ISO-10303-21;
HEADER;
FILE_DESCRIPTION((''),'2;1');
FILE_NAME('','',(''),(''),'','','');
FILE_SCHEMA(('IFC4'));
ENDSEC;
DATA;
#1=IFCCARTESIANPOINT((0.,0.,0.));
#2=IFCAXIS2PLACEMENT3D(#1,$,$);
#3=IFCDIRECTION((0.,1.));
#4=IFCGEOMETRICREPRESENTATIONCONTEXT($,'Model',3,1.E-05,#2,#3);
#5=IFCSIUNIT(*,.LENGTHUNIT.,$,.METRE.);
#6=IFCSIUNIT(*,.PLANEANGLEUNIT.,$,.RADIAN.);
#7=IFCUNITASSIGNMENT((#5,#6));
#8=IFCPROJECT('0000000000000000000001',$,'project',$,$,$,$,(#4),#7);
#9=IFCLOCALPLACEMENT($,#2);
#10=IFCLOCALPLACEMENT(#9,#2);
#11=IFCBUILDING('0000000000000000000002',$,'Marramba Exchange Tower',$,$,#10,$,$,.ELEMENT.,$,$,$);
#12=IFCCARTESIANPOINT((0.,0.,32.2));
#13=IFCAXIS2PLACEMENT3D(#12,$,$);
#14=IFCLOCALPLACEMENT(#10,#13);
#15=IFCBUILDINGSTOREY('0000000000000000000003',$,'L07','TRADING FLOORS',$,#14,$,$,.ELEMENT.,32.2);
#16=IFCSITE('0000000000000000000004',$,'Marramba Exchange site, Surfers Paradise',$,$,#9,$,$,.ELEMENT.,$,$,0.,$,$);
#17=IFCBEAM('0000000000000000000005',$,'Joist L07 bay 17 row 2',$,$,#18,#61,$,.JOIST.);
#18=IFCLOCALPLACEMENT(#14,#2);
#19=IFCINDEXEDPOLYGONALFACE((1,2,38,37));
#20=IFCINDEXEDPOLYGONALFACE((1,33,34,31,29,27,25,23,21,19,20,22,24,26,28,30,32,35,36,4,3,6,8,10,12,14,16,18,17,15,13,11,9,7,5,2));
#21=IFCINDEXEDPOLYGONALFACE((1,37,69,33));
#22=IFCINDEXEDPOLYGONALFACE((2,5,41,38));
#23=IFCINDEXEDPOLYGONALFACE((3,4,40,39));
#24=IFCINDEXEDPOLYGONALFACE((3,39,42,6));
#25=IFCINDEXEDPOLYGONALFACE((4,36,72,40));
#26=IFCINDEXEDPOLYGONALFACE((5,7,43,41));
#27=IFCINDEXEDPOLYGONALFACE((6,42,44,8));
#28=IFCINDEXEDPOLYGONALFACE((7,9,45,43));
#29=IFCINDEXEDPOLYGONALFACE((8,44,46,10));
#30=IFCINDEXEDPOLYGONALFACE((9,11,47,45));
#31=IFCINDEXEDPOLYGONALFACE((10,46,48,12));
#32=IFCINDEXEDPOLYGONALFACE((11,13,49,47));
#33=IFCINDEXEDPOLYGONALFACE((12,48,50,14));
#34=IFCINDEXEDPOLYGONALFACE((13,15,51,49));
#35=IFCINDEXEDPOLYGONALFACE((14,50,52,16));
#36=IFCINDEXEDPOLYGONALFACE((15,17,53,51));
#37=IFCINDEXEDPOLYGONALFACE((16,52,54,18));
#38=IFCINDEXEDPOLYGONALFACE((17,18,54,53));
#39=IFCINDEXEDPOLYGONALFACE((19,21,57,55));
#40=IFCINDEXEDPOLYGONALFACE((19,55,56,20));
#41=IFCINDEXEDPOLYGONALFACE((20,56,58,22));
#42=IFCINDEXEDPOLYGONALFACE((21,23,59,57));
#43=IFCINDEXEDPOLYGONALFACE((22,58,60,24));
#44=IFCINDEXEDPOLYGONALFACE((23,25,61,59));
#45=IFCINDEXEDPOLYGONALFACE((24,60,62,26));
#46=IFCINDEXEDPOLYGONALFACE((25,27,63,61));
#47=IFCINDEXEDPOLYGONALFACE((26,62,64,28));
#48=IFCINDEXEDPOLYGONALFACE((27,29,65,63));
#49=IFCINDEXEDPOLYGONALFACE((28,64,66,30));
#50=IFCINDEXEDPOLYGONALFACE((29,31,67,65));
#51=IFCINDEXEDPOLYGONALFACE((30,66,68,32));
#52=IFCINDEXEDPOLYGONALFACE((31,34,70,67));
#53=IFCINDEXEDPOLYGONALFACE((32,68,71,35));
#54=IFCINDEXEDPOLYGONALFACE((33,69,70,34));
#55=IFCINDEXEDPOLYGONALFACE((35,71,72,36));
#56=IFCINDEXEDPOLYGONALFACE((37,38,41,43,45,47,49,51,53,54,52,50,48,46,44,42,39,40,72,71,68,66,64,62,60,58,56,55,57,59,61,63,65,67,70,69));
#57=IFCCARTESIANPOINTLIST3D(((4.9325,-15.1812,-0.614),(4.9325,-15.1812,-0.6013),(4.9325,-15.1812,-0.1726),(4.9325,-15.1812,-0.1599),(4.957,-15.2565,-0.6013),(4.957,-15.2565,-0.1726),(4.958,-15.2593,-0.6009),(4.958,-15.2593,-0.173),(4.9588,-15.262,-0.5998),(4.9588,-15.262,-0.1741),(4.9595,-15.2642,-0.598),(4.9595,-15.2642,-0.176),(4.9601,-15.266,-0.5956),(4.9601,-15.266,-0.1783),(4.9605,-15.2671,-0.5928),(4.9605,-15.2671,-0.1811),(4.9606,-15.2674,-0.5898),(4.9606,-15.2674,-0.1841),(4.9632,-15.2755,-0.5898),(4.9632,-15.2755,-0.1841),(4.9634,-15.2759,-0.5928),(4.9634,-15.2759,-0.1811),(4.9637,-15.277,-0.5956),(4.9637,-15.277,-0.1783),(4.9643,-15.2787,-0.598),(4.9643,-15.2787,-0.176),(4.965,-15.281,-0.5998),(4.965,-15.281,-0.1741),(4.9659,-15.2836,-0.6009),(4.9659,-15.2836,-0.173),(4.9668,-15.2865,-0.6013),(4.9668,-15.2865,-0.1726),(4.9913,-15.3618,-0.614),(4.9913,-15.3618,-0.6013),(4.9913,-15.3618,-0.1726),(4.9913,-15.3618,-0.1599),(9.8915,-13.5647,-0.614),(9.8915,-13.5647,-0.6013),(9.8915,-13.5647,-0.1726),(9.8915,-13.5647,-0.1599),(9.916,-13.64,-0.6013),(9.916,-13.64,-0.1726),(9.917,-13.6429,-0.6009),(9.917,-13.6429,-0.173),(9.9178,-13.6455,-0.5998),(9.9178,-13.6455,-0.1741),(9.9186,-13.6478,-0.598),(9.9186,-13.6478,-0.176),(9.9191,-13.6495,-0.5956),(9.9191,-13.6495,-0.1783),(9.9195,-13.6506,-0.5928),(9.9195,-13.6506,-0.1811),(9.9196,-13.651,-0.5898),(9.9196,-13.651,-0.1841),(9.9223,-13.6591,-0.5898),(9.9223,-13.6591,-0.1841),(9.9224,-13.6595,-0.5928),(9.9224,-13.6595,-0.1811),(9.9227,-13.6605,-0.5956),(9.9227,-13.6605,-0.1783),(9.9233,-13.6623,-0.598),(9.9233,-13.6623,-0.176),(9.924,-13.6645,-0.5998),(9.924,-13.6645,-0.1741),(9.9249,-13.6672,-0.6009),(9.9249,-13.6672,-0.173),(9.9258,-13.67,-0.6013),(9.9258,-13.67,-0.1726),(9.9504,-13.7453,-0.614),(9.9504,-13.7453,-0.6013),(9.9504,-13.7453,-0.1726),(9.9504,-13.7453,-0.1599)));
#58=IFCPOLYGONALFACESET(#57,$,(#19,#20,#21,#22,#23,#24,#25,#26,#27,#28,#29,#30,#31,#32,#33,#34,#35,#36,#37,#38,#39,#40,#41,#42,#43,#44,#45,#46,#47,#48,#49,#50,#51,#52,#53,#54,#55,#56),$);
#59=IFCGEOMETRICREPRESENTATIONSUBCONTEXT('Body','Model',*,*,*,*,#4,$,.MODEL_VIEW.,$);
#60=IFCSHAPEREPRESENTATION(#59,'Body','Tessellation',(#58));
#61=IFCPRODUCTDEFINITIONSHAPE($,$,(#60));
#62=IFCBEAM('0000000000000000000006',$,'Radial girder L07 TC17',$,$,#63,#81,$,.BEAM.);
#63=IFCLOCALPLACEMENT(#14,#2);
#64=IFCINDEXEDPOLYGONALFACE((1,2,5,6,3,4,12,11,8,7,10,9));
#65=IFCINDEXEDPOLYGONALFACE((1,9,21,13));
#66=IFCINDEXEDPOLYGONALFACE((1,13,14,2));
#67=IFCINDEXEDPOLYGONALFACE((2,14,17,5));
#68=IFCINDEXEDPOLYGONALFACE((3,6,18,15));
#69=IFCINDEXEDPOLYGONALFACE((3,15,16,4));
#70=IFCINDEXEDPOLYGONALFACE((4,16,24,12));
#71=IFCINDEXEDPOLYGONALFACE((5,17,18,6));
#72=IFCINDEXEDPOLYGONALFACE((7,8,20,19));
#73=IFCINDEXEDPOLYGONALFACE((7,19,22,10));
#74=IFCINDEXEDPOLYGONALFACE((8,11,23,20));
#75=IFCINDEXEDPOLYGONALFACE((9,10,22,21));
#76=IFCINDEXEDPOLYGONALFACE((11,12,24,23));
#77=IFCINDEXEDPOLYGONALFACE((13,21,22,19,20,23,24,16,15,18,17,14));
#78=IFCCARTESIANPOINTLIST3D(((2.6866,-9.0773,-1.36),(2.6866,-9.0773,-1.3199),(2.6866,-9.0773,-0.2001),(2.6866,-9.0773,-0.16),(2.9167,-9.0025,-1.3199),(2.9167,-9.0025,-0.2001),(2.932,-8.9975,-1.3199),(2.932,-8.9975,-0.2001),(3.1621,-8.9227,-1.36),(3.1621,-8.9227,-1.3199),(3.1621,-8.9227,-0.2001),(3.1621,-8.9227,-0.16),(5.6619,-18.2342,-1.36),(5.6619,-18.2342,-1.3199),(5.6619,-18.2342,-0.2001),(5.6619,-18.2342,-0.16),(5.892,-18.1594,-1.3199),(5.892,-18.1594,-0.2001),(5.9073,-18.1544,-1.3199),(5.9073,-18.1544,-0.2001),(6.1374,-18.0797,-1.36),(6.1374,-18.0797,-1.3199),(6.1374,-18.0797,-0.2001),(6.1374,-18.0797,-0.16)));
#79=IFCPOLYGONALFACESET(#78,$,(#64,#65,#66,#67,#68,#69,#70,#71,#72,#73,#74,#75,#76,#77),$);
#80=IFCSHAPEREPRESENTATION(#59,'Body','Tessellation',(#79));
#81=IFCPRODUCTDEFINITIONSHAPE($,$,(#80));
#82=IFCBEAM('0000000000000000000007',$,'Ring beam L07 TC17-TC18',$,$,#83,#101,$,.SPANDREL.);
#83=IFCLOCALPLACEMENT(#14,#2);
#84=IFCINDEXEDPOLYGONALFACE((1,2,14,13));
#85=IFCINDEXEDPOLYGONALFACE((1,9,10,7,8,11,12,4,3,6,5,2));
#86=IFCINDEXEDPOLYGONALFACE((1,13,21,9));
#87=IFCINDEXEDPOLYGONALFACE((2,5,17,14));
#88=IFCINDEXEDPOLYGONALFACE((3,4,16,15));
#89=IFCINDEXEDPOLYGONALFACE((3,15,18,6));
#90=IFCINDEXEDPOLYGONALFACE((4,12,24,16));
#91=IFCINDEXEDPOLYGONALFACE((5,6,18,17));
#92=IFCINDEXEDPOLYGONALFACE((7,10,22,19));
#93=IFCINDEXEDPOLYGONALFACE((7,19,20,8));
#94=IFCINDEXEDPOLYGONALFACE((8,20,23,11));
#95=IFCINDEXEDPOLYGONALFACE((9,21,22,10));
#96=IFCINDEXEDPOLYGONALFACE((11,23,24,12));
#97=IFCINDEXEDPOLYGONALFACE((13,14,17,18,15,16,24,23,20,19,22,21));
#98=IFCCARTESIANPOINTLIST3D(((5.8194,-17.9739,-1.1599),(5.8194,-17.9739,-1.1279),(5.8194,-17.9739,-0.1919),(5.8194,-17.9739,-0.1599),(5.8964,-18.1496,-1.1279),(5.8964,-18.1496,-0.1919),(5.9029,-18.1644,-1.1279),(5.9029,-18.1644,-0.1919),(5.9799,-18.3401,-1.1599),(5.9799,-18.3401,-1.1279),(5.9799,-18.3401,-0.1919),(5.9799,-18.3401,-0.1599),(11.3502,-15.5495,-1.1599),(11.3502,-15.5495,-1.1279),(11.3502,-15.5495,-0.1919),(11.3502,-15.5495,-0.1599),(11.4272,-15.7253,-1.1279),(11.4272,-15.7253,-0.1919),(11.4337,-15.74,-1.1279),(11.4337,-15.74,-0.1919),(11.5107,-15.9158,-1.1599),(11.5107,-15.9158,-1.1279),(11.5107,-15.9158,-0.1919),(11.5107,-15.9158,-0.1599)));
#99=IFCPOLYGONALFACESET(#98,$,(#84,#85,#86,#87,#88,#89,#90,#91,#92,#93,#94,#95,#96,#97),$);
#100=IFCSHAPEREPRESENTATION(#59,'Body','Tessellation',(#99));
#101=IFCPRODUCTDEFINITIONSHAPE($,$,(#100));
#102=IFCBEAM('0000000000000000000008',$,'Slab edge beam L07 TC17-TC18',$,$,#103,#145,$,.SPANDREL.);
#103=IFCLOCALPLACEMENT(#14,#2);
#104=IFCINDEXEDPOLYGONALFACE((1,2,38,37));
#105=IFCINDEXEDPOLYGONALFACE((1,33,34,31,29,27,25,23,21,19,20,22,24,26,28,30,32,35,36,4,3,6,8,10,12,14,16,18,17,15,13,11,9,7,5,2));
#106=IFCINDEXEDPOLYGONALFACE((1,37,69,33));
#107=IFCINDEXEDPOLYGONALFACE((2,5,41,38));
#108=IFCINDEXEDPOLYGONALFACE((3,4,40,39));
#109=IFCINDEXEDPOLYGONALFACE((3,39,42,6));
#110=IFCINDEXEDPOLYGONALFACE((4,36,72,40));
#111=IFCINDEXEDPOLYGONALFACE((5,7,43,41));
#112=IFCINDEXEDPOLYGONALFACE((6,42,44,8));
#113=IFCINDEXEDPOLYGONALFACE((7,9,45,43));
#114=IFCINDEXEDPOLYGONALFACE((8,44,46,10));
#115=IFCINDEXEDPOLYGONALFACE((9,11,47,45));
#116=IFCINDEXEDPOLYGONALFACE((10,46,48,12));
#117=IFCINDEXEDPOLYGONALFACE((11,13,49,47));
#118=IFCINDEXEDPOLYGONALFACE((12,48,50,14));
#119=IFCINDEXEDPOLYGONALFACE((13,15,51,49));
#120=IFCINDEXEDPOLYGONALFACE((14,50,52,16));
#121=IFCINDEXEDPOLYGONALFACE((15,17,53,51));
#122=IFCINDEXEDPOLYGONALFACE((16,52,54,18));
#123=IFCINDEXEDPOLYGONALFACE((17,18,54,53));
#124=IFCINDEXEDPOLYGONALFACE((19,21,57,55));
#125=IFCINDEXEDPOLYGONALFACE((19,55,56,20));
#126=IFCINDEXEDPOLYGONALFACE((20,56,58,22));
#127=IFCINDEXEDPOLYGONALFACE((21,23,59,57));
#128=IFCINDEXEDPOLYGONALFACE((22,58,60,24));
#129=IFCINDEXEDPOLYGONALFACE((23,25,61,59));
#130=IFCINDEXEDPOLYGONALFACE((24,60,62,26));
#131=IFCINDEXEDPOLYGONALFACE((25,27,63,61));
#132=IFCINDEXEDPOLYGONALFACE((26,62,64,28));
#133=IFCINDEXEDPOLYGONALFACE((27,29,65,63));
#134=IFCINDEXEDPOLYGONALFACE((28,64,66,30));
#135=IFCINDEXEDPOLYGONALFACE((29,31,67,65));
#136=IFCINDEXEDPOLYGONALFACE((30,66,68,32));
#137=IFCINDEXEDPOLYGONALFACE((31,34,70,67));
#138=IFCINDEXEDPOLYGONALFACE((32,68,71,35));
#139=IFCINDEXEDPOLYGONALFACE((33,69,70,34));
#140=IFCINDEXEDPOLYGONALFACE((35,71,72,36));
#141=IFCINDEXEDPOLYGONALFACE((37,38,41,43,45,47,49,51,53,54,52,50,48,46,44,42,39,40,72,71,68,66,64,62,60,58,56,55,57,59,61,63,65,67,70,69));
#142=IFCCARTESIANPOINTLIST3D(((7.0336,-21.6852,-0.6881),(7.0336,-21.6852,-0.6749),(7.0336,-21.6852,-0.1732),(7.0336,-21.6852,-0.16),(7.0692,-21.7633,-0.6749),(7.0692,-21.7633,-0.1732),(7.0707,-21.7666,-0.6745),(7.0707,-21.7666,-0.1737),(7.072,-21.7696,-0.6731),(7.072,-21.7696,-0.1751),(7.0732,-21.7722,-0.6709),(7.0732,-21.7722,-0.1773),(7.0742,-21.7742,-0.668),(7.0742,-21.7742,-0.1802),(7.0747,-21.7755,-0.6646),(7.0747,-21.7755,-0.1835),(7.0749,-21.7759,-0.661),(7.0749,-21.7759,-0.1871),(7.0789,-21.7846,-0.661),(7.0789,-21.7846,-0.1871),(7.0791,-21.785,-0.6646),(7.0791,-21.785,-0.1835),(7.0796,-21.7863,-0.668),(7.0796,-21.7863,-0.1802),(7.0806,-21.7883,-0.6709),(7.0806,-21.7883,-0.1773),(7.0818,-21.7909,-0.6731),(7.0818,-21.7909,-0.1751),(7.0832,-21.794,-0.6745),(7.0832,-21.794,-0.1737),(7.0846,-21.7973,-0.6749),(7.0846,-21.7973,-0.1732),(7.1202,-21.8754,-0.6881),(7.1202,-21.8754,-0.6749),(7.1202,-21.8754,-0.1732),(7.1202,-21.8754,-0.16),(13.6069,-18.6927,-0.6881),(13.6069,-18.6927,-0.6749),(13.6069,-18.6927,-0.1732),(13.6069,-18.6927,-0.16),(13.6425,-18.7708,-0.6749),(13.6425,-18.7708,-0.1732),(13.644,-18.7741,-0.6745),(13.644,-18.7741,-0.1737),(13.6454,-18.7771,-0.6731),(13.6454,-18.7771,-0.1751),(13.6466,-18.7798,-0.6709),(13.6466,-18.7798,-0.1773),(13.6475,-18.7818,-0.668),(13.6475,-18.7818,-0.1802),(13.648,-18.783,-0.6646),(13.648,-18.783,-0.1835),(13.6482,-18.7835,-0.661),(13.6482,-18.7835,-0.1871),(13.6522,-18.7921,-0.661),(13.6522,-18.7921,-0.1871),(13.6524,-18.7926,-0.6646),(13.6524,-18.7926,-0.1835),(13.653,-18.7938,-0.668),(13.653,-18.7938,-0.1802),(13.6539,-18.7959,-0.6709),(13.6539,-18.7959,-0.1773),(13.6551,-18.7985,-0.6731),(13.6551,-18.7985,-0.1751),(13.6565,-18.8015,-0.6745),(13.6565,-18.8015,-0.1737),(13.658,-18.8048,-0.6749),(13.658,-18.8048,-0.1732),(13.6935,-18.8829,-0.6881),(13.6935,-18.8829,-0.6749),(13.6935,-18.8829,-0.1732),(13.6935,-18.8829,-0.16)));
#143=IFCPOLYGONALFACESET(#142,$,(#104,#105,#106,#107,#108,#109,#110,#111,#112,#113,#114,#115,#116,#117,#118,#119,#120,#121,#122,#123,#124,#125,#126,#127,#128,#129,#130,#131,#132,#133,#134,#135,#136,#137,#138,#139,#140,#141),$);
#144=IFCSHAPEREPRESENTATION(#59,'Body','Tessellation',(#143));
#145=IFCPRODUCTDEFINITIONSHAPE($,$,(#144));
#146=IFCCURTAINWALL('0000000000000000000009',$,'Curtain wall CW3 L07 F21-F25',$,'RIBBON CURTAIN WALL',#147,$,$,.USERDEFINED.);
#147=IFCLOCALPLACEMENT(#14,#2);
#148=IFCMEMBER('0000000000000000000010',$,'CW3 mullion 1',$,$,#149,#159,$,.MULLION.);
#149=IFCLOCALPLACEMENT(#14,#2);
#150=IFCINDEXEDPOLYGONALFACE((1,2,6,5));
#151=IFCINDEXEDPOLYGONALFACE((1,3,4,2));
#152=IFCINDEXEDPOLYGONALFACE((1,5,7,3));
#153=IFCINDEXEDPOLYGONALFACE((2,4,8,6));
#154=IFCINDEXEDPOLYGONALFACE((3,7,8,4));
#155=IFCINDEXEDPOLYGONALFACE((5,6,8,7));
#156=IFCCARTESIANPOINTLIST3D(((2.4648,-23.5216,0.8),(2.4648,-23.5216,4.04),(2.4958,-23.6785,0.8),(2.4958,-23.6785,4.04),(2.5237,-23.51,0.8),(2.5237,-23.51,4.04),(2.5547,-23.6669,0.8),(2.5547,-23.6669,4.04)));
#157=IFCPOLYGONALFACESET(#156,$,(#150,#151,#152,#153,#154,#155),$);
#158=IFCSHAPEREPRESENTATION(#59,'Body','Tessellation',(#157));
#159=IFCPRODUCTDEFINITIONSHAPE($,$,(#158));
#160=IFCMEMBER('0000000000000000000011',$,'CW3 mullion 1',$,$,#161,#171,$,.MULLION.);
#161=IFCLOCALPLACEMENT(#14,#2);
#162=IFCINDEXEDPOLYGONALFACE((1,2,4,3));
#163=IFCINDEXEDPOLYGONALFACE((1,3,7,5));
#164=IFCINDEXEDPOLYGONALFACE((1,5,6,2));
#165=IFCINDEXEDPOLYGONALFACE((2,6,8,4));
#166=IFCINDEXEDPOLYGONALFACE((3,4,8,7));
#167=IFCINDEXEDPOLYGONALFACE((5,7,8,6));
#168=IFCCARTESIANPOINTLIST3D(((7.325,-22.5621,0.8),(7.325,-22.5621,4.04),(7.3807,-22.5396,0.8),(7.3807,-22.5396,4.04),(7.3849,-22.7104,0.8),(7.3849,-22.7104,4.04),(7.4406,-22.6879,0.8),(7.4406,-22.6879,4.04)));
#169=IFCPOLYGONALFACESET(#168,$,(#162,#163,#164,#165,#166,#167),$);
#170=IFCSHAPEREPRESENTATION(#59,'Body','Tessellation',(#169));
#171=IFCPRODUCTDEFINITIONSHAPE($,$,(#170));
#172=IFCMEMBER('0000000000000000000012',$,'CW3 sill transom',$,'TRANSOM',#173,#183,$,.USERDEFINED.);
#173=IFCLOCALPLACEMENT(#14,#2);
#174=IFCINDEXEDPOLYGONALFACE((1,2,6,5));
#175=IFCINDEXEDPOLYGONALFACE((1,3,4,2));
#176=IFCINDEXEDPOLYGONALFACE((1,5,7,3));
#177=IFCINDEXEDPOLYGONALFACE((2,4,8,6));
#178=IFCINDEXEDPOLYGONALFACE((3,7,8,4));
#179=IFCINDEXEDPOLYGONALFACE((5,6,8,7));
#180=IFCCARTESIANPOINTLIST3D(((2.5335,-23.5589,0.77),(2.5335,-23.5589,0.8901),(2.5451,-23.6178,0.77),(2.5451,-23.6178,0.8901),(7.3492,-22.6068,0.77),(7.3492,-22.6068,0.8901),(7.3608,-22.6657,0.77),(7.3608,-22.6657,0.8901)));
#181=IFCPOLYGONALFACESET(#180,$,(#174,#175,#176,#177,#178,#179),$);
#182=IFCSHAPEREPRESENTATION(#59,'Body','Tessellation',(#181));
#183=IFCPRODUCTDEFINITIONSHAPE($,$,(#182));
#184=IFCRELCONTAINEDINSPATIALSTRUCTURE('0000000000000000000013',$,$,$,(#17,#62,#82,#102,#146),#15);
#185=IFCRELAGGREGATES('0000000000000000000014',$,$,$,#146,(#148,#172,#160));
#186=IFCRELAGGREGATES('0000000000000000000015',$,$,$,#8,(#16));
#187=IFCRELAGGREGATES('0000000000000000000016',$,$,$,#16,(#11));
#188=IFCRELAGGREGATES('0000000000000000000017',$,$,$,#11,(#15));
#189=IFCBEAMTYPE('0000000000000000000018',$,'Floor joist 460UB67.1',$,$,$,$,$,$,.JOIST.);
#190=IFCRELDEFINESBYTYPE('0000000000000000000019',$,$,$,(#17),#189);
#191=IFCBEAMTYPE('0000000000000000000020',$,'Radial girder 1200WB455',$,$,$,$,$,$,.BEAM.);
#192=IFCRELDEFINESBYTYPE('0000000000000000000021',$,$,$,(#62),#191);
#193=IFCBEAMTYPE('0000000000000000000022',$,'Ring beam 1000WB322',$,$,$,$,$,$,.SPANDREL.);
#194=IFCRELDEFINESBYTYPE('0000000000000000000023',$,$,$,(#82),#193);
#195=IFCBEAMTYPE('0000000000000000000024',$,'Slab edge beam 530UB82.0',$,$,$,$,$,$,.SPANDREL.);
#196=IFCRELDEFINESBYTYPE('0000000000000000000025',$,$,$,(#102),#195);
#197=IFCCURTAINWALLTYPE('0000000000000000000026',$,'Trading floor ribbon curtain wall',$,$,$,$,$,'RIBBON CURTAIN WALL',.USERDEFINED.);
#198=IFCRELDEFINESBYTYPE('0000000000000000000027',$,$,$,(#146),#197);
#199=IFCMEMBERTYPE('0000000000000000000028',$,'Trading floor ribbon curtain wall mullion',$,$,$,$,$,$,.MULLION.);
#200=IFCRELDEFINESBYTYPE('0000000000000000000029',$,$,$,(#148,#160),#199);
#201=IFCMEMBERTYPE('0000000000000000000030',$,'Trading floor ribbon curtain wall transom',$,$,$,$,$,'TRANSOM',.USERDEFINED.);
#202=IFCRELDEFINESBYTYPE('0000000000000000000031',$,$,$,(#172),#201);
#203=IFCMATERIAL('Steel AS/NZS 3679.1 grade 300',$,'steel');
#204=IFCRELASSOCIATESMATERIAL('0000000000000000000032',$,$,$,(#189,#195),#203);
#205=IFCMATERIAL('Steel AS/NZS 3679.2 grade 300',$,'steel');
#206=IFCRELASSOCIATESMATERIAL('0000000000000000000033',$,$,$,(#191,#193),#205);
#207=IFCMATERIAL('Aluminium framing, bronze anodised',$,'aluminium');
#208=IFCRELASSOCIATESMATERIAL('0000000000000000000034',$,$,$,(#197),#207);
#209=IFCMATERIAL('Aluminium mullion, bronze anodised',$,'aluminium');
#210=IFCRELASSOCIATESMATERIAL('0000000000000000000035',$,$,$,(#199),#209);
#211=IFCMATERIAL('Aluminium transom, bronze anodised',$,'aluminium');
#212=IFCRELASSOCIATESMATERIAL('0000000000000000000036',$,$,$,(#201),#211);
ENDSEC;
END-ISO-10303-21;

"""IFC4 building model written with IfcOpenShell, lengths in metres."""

from ifc_helpers import new_model, si_unit, direction, frame, origin, origin_2d, place, context, subcontext, project, spatial, rectangle, i_section, extrude, material, material_profile, profile_set, type_object, element, aggregate, save


model = new_model("IFC4")

# Units and contexts
model_context = context("Model", 3, precision=1e-05, world=origin(), true_north=direction((0.0, 1.0)))
body_context = subcontext(model_context, "Body", "Model", "MODEL_VIEW")
ifc_project = project(units=[si_unit("LENGTHUNIT", "METRE"), si_unit("PLANEANGLEUNIT", "RADIAN")], contexts=[model_context])

# Site, building, storey
site_placement = place(None, origin())
site = spatial("IfcSite", under=ifc_project, at=site_placement, Name="Marramba Exchange site, Surfers Paradise", CompositionType="ELEMENT", RefElevation=0.0)
building_placement = place(site_placement, origin())
building = spatial("IfcBuilding", under=site, at=building_placement, Name="Marramba Exchange Tower", CompositionType="ELEMENT")
storey_placement = place(building_placement, frame((0.0, 0.0, 32.2)))
storey = spatial("IfcBuildingStorey", under=building, at=storey_placement, Name="L07", Description="TRADING FLOORS", CompositionType="ELEMENT", Elevation=32.2)

# Beams
ifc_material_1 = material(Name="Steel AS/NZS 3679.2 grade 300", Category="steel")
ifc_material_2 = material(Name="Steel AS/NZS 3679.1 grade 300", Category="steel")
ifc_material_profile_1 = material_profile(ifc_material_2, i_section(OverallWidth=0.1899, OverallDepth=0.4541, WebThickness=0.0085, FlangeThickness=0.0127, FilletRadius=0.0115, at=origin_2d()), Name="460UB67.1")
ifc_profile_set_1 = profile_set([ifc_material_profile_1], Name="Steel AS/NZS 3679.1 grade 300")
beam_type_1 = type_object("IfcBeamType", Name="Floor joist 460UB67.1", PredefinedType="JOIST", material=ifc_profile_set_1)
beam_1_placement = place(storey_placement, frame((4.9619, -15.2715, -0.387), z_axis=(0.950764, 0.309916, 0.0), x_axis=(-0.309916, 0.950764, 0.0)))
element("IfcBeam", 1, at=beam_1_placement, inside=storey, type_object=beam_type_1, Name="Joist L07 bay 17 row 2", PredefinedType="JOIST", context=body_context, shape_type="SweptSolid", body=[
    extrude(i_section(OverallWidth=0.1899, OverallDepth=0.4541, WebThickness=0.0085, FlangeThickness=0.0127, FilletRadius=0.0115, at=origin_2d()), origin(), (0.0, 0.0, 1.0), 5.2158),
])
ifc_material_profile_2 = material_profile(ifc_material_1, i_section(OverallWidth=0.5, OverallDepth=1.2, WebThickness=0.0161, FlangeThickness=0.04, at=origin_2d()), Name="1200WB455")
ifc_profile_set_2 = profile_set([ifc_material_profile_2], Name="Steel AS/NZS 3679.2 grade 300")
beam_type_2 = type_object("IfcBeamType", Name="Radial girder 1200WB455", PredefinedType="BEAM", material=ifc_profile_set_2)
beam_2_placement = place(storey_placement, frame((2.9243, -9.0, -0.76), z_axis=(0.309022, -0.951055, 0.0), x_axis=(0.951055, 0.309022, 0.0)))
element("IfcBeam", 2, at=beam_2_placement, inside=storey, type_object=beam_type_2, Name="Radial girder L07 TC17", PredefinedType="BEAM", context=body_context, shape_type="SweptSolid", body=[
    extrude(i_section(OverallWidth=0.5, OverallDepth=1.2, WebThickness=0.0161, FlangeThickness=0.04, at=origin_2d()), origin(), (0.0, 0.0, 1.0), 9.6282),
])
ifc_material_profile_3 = material_profile(ifc_material_1, i_section(OverallWidth=0.3999, OverallDepth=1.0, WebThickness=0.0161, FlangeThickness=0.032, at=origin_2d()), Name="1000WB322")
ifc_profile_set_3 = profile_set([ifc_material_profile_3], Name="Steel AS/NZS 3679.2 grade 300")
beam_type_3 = type_object("IfcBeamType", Name="Ring beam 1000WB322", PredefinedType="SPANDREL", material=ifc_profile_set_3)
beam_3_placement = place(storey_placement, frame((5.8997, -18.157, -0.6599), z_axis=(0.915877, 0.401459, 0.0), x_axis=(-0.401459, 0.915877, 0.0)))
element("IfcBeam", 3, at=beam_3_placement, inside=storey, type_object=beam_type_3, Name="Ring beam L07 TC17-TC18", PredefinedType="SPANDREL", context=body_context, shape_type="SweptSolid", body=[
    extrude(i_section(OverallWidth=0.3999, OverallDepth=1.0, WebThickness=0.0161, FlangeThickness=0.032, at=origin_2d()), origin(), (0.0, 0.0, 1.0), 6.0388),
])
ifc_material_profile_4 = material_profile(ifc_material_2, i_section(OverallWidth=0.209, OverallDepth=0.5281, WebThickness=0.0095, FlangeThickness=0.0132, FilletRadius=0.0139, at=origin_2d()), Name="530UB82.0")
ifc_profile_set_4 = profile_set([ifc_material_profile_4], Name="Steel AS/NZS 3679.1 grade 300")
beam_type_4 = type_object("IfcBeamType", Name="Slab edge beam 530UB82.0", PredefinedType="SPANDREL", material=ifc_profile_set_4)
beam_4_placement = place(storey_placement, frame((7.0769, -21.7803, -0.4241), z_axis=(0.910127, 0.41433, 0.0), x_axis=(-0.41433, 0.910127, 0.0)))
element("IfcBeam", 4, at=beam_4_placement, inside=storey, type_object=beam_type_4, Name="Slab edge beam L07 TC17-TC18", PredefinedType="SPANDREL", context=body_context, shape_type="SweptSolid", body=[
    extrude(i_section(OverallWidth=0.209, OverallDepth=0.5281, WebThickness=0.0095, FlangeThickness=0.0132, FilletRadius=0.0139, at=origin_2d()), origin(), (0.0, 0.0, 1.0), 7.2224),
])

# Curtain wall, members
ifc_material_3 = material(Name="Aluminium framing, bronze anodised", Category="aluminium")
curtain_wall_type = type_object("IfcCurtainWallType", Name="Trading floor ribbon curtain wall", ElementType="RIBBON CURTAIN WALL", PredefinedType="USERDEFINED", material=ifc_material_3)
curtain_wall_placement = place(storey_placement, origin())
curtain_wall = element("IfcCurtainWall", 5, at=curtain_wall_placement, inside=storey, type_object=curtain_wall_type, Name="Curtain wall CW3 L07 F21-F25", ObjectType="RIBBON CURTAIN WALL", PredefinedType="USERDEFINED")
ifc_material_4 = material(Name="Aluminium mullion, bronze anodised", Category="aluminium")
ifc_material_profile_5 = material_profile(ifc_material_4, rectangle(XDim=0.1599, YDim=0.0601, at=origin_2d()), Name="CW3 mullion 60x160")
ifc_profile_set_5 = profile_set([ifc_material_profile_5], Name="Aluminium mullion, bronze anodised")
member_type_1 = type_object("IfcMemberType", Name="Trading floor ribbon curtain wall mullion", PredefinedType="MULLION", material=ifc_profile_set_5)
member_1_placement = place(storey_placement, frame((2.5098, -23.5942, 0.8), z_axis=(0.0, 0.0, 1.0), x_axis=(-0.193961, 0.981009, 0.0)))
member_1 = element("IfcMember", 6, at=member_1_placement, type_object=member_type_1, Name="CW3 mullion 1", PredefinedType="MULLION", context=body_context, shape_type="SweptSolid", body=[
    extrude(rectangle(XDim=0.1599, YDim=0.0601, at=origin_2d()), origin(), (0.0, 0.0, 1.0), 3.24),
])
member_2_placement = place(storey_placement, frame((7.3828, -22.625, 0.8), z_axis=(0.0, 0.0, 1.0), x_axis=(-0.374218, 0.927341, 0.0)))
member_2 = element("IfcMember", 7, at=member_2_placement, type_object=member_type_1, Name="CW3 mullion 1", PredefinedType="MULLION", context=body_context, shape_type="SweptSolid", body=[
    extrude(rectangle(XDim=0.1599, YDim=0.0601, at=origin_2d()), origin(), (0.0, 0.0, 1.0), 3.24),
])
ifc_material_5 = material(Name="Aluminium transom, bronze anodised", Category="aluminium")
ifc_material_profile_6 = material_profile(ifc_material_5, rectangle(XDim=0.0601, YDim=0.1201, at=origin_2d()), Name="CW3 transom 60x120")
ifc_profile_set_6 = profile_set([ifc_material_profile_6], Name="Aluminium transom, bronze anodised")
member_type_2 = type_object("IfcMemberType", Name="Trading floor ribbon curtain wall transom", ElementType="TRANSOM", PredefinedType="USERDEFINED", material=ifc_profile_set_6)
member_3_placement = place(storey_placement, frame((2.5393, -23.5884, 0.8301), z_axis=(0.981009, 0.193964, 0.0), x_axis=(-0.193964, 0.981009, 0.0)))
member_3 = element("IfcMember", 8, at=member_3_placement, type_object=member_type_2, Name="CW3 sill transom", ObjectType="TRANSOM", PredefinedType="USERDEFINED", context=body_context, shape_type="SweptSolid", body=[
    extrude(rectangle(XDim=0.0601, YDim=0.1201, at=origin_2d()), origin(), (0.0, 0.0, 1.0), 4.9089),
])
aggregate(curtain_wall, [member_1, member_3, member_2])

save(model, "model.ifc")
